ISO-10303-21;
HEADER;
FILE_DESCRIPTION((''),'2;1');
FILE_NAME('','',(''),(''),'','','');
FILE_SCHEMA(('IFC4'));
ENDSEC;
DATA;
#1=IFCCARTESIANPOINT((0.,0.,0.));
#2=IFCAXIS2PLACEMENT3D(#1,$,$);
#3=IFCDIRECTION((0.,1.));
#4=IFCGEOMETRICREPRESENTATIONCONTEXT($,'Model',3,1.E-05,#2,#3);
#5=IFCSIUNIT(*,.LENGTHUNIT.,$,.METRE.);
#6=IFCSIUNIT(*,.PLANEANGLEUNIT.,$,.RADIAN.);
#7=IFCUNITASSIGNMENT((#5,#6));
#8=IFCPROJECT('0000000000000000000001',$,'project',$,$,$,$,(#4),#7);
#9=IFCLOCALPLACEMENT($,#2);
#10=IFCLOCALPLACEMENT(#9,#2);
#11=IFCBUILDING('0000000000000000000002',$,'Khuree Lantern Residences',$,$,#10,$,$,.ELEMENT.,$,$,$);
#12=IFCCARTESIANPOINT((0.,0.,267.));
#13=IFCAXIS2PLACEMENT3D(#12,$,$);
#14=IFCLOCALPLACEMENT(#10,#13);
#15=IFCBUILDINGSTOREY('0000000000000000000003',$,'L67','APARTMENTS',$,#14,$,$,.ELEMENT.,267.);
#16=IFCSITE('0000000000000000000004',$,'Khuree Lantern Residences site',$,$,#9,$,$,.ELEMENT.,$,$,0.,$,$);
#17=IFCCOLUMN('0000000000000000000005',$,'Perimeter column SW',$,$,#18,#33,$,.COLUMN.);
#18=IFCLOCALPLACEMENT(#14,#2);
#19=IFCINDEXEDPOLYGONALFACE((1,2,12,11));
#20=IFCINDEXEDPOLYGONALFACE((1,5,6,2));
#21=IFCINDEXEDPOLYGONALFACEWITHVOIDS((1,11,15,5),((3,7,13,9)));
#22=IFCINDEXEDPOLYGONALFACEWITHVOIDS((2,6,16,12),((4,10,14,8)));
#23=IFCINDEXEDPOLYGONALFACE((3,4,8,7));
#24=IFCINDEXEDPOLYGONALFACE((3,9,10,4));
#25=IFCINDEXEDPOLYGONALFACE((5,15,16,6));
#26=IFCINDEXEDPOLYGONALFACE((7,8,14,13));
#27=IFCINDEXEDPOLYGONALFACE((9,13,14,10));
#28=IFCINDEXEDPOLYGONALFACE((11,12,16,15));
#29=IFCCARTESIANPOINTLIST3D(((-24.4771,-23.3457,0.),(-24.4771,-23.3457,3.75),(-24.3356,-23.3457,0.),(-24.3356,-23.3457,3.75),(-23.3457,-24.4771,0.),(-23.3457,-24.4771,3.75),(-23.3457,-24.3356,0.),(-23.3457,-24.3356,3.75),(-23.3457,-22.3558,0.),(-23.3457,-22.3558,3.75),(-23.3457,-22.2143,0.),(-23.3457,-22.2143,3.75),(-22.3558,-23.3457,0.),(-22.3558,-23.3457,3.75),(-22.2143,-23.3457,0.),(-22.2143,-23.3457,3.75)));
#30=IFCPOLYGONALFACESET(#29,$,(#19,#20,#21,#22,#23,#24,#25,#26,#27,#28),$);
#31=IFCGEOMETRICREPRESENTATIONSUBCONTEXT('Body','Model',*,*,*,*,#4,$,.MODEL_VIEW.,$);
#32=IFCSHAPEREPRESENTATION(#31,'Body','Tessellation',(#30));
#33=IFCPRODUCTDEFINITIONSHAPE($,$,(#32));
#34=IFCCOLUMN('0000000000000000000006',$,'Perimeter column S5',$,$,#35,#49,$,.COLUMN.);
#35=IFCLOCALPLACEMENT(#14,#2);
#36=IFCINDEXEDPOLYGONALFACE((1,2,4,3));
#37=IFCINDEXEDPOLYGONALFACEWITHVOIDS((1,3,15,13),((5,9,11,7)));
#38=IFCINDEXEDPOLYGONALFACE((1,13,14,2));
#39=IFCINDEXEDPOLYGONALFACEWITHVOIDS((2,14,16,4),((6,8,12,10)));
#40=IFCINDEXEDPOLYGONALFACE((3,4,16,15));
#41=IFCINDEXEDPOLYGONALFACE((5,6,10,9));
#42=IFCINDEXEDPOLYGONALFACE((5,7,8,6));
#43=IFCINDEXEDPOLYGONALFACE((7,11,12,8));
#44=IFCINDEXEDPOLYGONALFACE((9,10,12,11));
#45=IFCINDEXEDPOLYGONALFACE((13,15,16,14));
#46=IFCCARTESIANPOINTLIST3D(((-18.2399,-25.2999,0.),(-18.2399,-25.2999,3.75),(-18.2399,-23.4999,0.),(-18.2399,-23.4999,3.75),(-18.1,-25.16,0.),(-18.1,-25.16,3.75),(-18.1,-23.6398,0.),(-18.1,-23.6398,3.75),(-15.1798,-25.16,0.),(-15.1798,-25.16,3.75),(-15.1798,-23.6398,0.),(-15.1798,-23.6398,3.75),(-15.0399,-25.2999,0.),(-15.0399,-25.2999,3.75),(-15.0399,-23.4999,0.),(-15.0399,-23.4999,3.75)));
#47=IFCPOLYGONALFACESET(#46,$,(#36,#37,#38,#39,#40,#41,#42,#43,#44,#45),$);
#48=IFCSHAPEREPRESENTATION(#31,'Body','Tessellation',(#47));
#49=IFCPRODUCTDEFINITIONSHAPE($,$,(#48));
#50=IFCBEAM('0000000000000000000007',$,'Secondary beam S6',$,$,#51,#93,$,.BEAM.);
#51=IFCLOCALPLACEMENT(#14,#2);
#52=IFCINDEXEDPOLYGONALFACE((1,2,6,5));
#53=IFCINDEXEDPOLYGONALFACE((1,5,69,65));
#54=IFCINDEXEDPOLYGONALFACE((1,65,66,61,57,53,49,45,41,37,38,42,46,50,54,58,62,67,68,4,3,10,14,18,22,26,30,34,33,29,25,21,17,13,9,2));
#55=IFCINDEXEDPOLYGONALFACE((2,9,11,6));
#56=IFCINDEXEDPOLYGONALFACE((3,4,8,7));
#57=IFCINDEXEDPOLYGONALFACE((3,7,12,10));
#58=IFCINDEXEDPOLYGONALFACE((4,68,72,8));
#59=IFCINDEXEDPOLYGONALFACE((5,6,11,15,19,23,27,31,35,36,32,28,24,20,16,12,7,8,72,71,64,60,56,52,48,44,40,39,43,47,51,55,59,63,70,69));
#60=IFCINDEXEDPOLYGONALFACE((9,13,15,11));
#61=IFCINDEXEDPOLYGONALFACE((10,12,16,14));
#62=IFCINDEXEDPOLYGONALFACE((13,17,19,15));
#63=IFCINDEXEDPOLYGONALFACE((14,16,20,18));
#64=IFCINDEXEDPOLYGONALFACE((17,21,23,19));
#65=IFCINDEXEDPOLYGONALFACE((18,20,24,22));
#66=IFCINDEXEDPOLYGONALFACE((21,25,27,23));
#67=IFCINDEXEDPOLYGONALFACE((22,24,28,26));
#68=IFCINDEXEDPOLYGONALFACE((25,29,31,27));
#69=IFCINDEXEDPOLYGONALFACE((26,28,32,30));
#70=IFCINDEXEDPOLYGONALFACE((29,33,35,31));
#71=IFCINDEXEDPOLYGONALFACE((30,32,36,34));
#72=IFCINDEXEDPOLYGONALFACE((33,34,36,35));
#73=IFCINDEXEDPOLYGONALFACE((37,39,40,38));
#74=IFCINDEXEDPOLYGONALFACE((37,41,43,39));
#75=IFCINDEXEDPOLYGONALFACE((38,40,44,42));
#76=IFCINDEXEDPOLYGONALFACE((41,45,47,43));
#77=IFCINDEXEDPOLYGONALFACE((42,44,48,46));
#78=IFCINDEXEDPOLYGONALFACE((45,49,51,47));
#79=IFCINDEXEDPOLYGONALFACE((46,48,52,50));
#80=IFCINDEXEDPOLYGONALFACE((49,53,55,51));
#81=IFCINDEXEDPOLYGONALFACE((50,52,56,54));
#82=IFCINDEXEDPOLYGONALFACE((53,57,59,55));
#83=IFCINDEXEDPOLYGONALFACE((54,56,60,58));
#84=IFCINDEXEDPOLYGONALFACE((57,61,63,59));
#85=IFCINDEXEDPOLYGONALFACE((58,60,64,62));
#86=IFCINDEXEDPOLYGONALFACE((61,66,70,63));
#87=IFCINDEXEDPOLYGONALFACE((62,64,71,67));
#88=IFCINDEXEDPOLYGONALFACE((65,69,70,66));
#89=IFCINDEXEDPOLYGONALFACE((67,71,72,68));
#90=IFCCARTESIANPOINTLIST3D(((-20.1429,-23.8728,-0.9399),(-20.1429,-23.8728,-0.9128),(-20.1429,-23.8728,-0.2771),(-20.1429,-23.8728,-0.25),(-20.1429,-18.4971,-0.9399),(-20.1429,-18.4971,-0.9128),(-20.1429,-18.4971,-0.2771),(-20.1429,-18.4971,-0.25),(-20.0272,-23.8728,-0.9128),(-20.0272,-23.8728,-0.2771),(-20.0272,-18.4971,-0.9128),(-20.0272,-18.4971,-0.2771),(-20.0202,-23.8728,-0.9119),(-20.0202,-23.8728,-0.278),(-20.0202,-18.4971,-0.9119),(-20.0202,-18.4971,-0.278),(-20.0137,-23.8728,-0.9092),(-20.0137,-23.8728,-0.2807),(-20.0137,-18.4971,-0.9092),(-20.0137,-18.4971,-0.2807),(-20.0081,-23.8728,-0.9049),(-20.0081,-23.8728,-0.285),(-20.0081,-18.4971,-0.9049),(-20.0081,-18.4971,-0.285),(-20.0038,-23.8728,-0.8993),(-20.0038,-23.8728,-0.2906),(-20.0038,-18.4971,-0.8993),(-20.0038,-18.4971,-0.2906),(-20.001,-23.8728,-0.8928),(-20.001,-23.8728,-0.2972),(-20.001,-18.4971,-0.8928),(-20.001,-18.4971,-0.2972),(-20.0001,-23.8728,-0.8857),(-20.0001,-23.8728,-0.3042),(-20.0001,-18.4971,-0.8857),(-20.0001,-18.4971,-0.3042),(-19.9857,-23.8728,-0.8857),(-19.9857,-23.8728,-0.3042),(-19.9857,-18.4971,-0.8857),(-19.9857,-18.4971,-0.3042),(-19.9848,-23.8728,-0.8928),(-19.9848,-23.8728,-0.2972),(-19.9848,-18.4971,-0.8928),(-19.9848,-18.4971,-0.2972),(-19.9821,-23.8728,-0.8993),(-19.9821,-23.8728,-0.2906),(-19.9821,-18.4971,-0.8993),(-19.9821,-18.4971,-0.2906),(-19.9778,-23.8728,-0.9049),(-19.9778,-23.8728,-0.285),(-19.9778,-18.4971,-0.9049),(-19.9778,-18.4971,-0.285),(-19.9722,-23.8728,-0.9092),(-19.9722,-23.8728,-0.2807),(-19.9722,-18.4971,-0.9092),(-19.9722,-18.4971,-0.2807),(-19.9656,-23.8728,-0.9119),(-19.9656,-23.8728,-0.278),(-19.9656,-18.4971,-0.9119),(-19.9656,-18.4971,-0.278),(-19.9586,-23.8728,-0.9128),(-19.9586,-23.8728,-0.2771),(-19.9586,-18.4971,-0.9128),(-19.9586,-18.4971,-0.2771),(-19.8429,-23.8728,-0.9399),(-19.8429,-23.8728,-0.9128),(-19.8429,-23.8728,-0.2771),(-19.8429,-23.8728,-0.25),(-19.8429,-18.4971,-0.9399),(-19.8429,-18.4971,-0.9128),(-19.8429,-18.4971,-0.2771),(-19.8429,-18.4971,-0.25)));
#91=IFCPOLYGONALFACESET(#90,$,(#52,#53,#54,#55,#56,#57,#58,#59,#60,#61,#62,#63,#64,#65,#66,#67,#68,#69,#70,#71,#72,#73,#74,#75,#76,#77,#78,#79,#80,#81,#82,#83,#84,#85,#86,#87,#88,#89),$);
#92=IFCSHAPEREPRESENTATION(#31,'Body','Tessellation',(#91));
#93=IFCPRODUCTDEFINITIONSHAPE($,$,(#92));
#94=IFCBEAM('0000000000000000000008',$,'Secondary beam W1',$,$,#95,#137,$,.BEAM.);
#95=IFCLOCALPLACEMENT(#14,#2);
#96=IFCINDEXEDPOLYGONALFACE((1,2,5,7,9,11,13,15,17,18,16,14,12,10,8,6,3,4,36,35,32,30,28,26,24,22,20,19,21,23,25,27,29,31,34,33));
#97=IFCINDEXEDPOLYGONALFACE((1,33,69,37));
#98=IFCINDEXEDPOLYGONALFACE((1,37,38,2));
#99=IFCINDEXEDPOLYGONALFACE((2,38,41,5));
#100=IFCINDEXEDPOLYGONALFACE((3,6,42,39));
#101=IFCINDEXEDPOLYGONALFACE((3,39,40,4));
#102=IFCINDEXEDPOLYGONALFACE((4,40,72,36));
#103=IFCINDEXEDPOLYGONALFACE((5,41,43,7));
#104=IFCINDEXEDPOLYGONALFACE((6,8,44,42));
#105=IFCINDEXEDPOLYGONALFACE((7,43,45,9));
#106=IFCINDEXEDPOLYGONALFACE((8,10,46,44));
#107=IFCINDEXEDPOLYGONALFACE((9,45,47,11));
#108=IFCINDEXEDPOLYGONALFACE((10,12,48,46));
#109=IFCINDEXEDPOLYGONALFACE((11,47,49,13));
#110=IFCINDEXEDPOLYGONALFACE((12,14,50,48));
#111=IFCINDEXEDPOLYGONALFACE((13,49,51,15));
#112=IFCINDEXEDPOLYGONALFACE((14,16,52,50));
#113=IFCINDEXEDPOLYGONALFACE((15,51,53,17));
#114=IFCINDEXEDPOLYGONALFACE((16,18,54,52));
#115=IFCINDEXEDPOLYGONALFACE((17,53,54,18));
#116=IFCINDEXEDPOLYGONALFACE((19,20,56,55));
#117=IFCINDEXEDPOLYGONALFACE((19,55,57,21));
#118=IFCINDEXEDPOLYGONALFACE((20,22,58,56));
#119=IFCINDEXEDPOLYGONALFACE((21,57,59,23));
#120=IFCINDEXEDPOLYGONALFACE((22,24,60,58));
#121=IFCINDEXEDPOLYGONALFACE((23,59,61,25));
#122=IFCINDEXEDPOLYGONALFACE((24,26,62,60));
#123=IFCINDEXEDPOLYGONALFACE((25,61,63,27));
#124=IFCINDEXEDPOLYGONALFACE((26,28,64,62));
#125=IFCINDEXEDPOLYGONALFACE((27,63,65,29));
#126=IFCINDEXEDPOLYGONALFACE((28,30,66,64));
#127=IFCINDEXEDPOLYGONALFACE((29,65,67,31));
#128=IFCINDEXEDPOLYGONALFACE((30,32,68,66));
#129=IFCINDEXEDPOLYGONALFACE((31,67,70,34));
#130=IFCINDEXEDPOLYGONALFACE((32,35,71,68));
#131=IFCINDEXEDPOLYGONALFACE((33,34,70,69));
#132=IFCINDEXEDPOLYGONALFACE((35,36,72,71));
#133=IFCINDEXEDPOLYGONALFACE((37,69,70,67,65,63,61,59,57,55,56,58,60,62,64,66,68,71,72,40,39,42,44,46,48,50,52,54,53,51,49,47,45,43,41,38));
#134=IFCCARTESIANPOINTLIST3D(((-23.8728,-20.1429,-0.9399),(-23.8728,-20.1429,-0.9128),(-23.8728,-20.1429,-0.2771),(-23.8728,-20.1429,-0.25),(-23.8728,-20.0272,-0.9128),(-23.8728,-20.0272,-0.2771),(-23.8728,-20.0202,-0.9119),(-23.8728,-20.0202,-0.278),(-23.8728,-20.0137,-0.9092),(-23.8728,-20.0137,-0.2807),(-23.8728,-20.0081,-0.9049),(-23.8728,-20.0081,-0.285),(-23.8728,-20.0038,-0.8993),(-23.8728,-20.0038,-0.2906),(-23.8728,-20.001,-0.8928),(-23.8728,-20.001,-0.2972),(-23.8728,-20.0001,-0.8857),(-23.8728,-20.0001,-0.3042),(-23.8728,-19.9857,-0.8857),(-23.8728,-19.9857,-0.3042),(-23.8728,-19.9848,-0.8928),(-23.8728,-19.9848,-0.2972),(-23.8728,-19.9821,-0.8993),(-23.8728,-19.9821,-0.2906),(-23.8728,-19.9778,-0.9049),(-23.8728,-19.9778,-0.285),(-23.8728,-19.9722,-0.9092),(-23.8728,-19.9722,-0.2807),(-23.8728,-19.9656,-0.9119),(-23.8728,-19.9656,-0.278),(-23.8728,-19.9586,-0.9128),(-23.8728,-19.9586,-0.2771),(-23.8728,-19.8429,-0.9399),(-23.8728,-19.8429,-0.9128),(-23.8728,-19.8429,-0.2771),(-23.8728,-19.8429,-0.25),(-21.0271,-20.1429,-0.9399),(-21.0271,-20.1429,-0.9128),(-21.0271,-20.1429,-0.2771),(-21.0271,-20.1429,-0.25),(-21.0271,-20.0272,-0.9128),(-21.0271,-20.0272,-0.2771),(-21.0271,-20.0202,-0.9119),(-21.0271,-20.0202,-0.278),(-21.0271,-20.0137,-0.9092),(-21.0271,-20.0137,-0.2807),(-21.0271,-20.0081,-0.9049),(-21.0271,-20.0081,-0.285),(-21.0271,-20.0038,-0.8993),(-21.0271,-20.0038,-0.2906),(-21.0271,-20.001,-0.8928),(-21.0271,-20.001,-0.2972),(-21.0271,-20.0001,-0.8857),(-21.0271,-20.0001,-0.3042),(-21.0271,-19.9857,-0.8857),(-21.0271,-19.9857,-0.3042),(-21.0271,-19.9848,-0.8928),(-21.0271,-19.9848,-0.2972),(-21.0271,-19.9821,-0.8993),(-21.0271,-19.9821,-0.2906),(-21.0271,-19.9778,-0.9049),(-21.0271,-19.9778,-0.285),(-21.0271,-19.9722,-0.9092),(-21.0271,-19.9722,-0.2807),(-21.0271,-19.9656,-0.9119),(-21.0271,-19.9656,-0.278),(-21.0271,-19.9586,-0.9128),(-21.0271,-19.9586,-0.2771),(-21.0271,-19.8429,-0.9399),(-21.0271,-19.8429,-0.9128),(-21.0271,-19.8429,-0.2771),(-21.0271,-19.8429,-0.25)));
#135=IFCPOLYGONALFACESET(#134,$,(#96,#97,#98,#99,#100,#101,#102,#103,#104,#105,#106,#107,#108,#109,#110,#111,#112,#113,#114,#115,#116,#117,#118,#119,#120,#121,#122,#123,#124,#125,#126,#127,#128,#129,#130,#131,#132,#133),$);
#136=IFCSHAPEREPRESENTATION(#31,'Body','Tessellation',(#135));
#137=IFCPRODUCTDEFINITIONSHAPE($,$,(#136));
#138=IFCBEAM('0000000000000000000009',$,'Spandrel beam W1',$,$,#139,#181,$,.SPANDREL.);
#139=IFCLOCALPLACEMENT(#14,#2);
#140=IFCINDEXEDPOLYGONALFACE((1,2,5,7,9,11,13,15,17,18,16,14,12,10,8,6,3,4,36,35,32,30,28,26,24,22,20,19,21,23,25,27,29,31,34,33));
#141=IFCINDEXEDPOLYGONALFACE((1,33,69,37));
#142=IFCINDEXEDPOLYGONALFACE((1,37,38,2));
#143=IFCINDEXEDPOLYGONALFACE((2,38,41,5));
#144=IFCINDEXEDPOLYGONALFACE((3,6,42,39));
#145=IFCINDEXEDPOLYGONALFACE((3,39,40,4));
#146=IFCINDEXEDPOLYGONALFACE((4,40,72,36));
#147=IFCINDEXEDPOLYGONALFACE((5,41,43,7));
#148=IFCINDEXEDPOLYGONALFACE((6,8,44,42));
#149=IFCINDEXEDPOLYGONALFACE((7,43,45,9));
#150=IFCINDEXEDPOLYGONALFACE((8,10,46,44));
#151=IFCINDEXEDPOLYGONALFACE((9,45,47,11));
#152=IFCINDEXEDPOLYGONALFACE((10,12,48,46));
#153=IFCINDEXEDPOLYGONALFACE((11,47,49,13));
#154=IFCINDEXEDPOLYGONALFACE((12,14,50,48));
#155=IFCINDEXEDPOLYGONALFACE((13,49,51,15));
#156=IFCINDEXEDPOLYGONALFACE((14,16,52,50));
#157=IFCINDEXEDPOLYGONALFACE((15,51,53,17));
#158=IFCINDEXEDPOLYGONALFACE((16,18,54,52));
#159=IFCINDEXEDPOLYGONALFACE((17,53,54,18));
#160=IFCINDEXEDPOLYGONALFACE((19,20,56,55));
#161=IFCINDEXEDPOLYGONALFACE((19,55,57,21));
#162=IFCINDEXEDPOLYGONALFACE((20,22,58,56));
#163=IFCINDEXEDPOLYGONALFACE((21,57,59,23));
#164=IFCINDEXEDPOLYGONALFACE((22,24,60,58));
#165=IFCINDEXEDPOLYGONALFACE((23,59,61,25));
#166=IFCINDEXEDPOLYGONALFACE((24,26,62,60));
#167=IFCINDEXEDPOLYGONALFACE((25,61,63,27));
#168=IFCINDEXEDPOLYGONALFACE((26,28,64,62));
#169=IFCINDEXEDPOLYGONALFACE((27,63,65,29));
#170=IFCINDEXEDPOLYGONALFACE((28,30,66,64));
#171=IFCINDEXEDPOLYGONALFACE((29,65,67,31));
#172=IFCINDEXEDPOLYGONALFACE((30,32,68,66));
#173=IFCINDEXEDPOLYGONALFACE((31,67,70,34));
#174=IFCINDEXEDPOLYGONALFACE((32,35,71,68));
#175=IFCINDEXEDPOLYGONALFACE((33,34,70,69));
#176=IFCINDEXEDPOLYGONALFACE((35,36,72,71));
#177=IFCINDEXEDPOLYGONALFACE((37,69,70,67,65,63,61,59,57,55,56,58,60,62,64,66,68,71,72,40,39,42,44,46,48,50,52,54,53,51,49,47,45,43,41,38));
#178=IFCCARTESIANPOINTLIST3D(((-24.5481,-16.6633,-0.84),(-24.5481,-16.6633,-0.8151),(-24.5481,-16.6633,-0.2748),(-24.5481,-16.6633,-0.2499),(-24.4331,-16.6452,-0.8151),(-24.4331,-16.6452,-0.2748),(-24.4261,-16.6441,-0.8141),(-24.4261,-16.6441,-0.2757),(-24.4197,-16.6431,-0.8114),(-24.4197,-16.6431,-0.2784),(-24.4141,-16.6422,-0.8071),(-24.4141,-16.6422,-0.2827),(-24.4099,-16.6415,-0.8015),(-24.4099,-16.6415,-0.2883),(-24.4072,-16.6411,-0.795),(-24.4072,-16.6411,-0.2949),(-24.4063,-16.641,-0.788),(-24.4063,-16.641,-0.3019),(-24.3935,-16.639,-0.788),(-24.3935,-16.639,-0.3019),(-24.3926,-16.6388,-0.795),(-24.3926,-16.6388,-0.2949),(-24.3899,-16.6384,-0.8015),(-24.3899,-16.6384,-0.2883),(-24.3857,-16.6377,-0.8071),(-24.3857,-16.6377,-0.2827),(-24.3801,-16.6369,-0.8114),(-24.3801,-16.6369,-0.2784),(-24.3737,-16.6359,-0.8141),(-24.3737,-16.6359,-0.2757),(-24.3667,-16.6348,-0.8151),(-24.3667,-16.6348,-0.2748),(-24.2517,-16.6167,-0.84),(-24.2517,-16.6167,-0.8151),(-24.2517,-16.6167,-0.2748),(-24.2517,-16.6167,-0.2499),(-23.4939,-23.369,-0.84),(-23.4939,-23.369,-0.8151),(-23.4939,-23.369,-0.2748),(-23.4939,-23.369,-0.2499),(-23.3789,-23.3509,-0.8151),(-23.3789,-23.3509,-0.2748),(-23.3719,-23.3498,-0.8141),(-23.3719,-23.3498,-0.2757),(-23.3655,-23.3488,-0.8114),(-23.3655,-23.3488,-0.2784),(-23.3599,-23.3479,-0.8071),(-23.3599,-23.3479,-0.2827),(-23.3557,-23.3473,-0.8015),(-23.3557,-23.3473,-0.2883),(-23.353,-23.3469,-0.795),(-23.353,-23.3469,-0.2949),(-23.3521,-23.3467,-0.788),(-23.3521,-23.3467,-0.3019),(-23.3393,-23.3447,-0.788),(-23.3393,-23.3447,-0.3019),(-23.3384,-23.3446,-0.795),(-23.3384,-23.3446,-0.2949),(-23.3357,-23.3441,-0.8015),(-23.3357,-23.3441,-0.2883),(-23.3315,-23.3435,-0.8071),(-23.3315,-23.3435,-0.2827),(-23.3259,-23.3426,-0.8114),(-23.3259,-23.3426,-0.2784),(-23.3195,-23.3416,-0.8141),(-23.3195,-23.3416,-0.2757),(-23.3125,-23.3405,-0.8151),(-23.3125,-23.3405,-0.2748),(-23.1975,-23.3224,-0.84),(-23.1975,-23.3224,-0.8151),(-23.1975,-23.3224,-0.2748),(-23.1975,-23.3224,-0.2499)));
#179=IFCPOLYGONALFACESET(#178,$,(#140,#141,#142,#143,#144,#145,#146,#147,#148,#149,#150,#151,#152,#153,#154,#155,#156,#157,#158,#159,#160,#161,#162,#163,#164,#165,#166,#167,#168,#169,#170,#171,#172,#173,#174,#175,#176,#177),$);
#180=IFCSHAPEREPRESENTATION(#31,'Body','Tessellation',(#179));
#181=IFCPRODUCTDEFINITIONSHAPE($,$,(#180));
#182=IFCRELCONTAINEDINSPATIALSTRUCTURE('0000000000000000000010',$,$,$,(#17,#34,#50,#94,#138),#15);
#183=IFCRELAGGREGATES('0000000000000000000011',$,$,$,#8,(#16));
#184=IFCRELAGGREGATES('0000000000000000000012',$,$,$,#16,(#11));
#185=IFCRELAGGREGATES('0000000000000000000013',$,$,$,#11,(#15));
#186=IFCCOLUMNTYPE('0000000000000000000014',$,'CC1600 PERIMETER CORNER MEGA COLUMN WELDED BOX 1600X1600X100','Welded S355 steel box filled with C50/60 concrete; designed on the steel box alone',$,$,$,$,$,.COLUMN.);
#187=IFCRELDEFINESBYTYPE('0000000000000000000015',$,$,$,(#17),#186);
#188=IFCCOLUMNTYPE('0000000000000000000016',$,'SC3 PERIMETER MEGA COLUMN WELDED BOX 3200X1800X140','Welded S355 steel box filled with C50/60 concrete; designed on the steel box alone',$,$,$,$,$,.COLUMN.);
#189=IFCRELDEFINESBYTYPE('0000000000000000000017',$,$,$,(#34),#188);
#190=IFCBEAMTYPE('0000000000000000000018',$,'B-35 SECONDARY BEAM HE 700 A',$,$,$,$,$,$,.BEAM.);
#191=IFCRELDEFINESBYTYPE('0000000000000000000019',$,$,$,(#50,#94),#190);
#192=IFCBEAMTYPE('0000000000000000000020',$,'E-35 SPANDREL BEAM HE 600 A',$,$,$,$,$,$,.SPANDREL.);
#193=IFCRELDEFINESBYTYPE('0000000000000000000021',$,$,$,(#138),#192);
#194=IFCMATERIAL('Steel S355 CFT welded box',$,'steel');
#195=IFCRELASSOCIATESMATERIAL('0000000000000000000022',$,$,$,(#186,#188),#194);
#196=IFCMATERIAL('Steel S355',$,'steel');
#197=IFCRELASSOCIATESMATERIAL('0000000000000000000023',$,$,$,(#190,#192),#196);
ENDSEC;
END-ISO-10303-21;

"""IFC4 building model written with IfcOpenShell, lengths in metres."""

from ifc_helpers import new_model, si_unit, direction, frame, origin, origin_2d, place, context, subcontext, project, spatial, hollow_rectangle, i_section, extrude, material, material_profile, profile_set, type_object, element, save


model = new_model("IFC4")

# Units and contexts
model_context = context("Model", 3, precision=1e-05, world=origin(), true_north=direction((0.0, 1.0)))
body_context = subcontext(model_context, "Body", "Model", "MODEL_VIEW")
ifc_project = project(units=[si_unit("LENGTHUNIT", "METRE"), si_unit("PLANEANGLEUNIT", "RADIAN")], contexts=[model_context])

# Site, building, storey
site_placement = place(None, origin())
site = spatial("IfcSite", under=ifc_project, at=site_placement, Name="Khuree Lantern Residences site", CompositionType="ELEMENT", RefElevation=0.0)
building_placement = place(site_placement, origin())
building = spatial("IfcBuilding", under=site, at=building_placement, Name="Khuree Lantern Residences", CompositionType="ELEMENT")
storey_placement = place(building_placement, frame((0.0, 0.0, 267.0)))
storey = spatial("IfcBuildingStorey", under=building, at=storey_placement, Name="L67", Description="APARTMENTS", CompositionType="ELEMENT", Elevation=267.0)

# Columns
ifc_material_1 = material(Name="Steel S355 CFT welded box", Category="steel")
ifc_material_profile_1 = material_profile(ifc_material_1, hollow_rectangle(XDim=1.6001, YDim=1.6001, WallThickness=0.1001, at=origin_2d()), Name="WELDED BOX 1600X1600X100")
ifc_profile_set_1 = profile_set([ifc_material_profile_1], Name="Steel S355 CFT welded box")
column_type_1 = type_object("IfcColumnType", Name="CC1600 PERIMETER CORNER MEGA COLUMN WELDED BOX 1600X1600X100", Description="Welded S355 steel box filled with C50/60 concrete; designed on the steel box alone", PredefinedType="COLUMN", material=ifc_profile_set_1)
column_1_placement = place(storey_placement, frame((-23.3457, -23.3457, 0.0), z_axis=(0.0, 0.0, 1.0), x_axis=(0.707107, -0.707107, 0.0)))
element("IfcColumn", 1, at=column_1_placement, inside=storey, type_object=column_type_1, Name="Perimeter column SW", PredefinedType="COLUMN", context=body_context, shape_type="SweptSolid", body=[
    extrude(hollow_rectangle(XDim=1.6001, YDim=1.6001, WallThickness=0.1001, at=origin_2d()), origin(), (0.0, 0.0, 1.0), 3.75),
])
ifc_material_profile_2 = material_profile(ifc_material_1, hollow_rectangle(XDim=3.2, YDim=1.8, WallThickness=0.1399, at=origin_2d()), Name="WELDED BOX 3200X1800X140")
ifc_profile_set_2 = profile_set([ifc_material_profile_2], Name="Steel S355 CFT welded box")
column_type_2 = type_object("IfcColumnType", Name="SC3 PERIMETER MEGA COLUMN WELDED BOX 3200X1800X140", Description="Welded S355 steel box filled with C50/60 concrete; designed on the steel box alone", PredefinedType="COLUMN", material=ifc_profile_set_2)
column_2_placement = place(storey_placement, frame((-16.6399, -24.3999, 0.0), z_axis=(0.0, 0.0, 1.0), x_axis=(1.0, 0.0, 0.0)))
element("IfcColumn", 2, at=column_2_placement, inside=storey, type_object=column_type_2, Name="Perimeter column S5", PredefinedType="COLUMN", context=body_context, shape_type="SweptSolid", body=[
    extrude(hollow_rectangle(XDim=3.2, YDim=1.8, WallThickness=0.1399, at=origin_2d()), origin(), (0.0, 0.0, 1.0), 3.75),
])

# Beams
ifc_material_2 = material(Name="Steel S355", Category="steel")
ifc_material_profile_3 = material_profile(ifc_material_2, i_section(OverallWidth=0.3, OverallDepth=0.6899, WebThickness=0.0144, FlangeThickness=0.0271, FilletRadius=0.0271, at=origin_2d()), Name="HE 700 A")
ifc_profile_set_3 = profile_set([ifc_material_profile_3], Name="Steel S355")
beam_type_1 = type_object("IfcBeamType", Name="B-35 SECONDARY BEAM HE 700 A", PredefinedType="BEAM", material=ifc_profile_set_3)
beam_1_placement = place(storey_placement, frame((-19.9929, -23.8728, -0.595), z_axis=(0.0, 1.0, 0.0), x_axis=(-1.0, 0.0, 0.0)))
element("IfcBeam", 3, at=beam_1_placement, inside=storey, type_object=beam_type_1, Name="Secondary beam S6", PredefinedType="BEAM", context=body_context, shape_type="SweptSolid", body=[
    extrude(i_section(OverallWidth=0.3, OverallDepth=0.6899, WebThickness=0.0144, FlangeThickness=0.0271, FilletRadius=0.0271, at=origin_2d()), origin(), (0.0, 0.0, 1.0), 5.3757),
])
beam_2_placement = place(storey_placement, frame((-23.8728, -19.9929, -0.595), z_axis=(1.0, 0.0, 0.0), x_axis=(0.0, 1.0, 0.0)))
element("IfcBeam", 4, at=beam_2_placement, inside=storey, type_object=beam_type_1, Name="Secondary beam W1", PredefinedType="BEAM", context=body_context, shape_type="SweptSolid", body=[
    extrude(i_section(OverallWidth=0.3, OverallDepth=0.6899, WebThickness=0.0144, FlangeThickness=0.0271, FilletRadius=0.0271, at=origin_2d()), origin(), (0.0, 0.0, 1.0), 2.8457),
])
ifc_material_profile_4 = material_profile(ifc_material_2, i_section(OverallWidth=0.3, OverallDepth=0.5901, WebThickness=0.0129, FlangeThickness=0.0249, FilletRadius=0.0271, at=origin_2d()), Name="HE 600 A")
ifc_profile_set_4 = profile_set([ifc_material_profile_4], Name="Steel S355")
beam_type_2 = type_object("IfcBeamType", Name="E-35 SPANDREL BEAM HE 600 A", PredefinedType="SPANDREL", material=ifc_profile_set_4)
beam_3_placement = place(storey_placement, frame((-23.3457, -23.3457, -0.5449), z_axis=(-0.1553, 0.987867, 0.0), x_axis=(-0.987867, -0.1553, 0.0)))
element("IfcBeam", 5, at=beam_3_placement, inside=storey, type_object=beam_type_2, Name="Spandrel beam W1", PredefinedType="SPANDREL", context=body_context, shape_type="SweptSolid", body=[
    extrude(i_section(OverallWidth=0.3, OverallDepth=0.5901, WebThickness=0.0129, FlangeThickness=0.0249, FilletRadius=0.0271, at=origin_2d()), origin(), (0.0, 0.0, 1.0), 6.7881),
])

save(model, "model.ifc")
